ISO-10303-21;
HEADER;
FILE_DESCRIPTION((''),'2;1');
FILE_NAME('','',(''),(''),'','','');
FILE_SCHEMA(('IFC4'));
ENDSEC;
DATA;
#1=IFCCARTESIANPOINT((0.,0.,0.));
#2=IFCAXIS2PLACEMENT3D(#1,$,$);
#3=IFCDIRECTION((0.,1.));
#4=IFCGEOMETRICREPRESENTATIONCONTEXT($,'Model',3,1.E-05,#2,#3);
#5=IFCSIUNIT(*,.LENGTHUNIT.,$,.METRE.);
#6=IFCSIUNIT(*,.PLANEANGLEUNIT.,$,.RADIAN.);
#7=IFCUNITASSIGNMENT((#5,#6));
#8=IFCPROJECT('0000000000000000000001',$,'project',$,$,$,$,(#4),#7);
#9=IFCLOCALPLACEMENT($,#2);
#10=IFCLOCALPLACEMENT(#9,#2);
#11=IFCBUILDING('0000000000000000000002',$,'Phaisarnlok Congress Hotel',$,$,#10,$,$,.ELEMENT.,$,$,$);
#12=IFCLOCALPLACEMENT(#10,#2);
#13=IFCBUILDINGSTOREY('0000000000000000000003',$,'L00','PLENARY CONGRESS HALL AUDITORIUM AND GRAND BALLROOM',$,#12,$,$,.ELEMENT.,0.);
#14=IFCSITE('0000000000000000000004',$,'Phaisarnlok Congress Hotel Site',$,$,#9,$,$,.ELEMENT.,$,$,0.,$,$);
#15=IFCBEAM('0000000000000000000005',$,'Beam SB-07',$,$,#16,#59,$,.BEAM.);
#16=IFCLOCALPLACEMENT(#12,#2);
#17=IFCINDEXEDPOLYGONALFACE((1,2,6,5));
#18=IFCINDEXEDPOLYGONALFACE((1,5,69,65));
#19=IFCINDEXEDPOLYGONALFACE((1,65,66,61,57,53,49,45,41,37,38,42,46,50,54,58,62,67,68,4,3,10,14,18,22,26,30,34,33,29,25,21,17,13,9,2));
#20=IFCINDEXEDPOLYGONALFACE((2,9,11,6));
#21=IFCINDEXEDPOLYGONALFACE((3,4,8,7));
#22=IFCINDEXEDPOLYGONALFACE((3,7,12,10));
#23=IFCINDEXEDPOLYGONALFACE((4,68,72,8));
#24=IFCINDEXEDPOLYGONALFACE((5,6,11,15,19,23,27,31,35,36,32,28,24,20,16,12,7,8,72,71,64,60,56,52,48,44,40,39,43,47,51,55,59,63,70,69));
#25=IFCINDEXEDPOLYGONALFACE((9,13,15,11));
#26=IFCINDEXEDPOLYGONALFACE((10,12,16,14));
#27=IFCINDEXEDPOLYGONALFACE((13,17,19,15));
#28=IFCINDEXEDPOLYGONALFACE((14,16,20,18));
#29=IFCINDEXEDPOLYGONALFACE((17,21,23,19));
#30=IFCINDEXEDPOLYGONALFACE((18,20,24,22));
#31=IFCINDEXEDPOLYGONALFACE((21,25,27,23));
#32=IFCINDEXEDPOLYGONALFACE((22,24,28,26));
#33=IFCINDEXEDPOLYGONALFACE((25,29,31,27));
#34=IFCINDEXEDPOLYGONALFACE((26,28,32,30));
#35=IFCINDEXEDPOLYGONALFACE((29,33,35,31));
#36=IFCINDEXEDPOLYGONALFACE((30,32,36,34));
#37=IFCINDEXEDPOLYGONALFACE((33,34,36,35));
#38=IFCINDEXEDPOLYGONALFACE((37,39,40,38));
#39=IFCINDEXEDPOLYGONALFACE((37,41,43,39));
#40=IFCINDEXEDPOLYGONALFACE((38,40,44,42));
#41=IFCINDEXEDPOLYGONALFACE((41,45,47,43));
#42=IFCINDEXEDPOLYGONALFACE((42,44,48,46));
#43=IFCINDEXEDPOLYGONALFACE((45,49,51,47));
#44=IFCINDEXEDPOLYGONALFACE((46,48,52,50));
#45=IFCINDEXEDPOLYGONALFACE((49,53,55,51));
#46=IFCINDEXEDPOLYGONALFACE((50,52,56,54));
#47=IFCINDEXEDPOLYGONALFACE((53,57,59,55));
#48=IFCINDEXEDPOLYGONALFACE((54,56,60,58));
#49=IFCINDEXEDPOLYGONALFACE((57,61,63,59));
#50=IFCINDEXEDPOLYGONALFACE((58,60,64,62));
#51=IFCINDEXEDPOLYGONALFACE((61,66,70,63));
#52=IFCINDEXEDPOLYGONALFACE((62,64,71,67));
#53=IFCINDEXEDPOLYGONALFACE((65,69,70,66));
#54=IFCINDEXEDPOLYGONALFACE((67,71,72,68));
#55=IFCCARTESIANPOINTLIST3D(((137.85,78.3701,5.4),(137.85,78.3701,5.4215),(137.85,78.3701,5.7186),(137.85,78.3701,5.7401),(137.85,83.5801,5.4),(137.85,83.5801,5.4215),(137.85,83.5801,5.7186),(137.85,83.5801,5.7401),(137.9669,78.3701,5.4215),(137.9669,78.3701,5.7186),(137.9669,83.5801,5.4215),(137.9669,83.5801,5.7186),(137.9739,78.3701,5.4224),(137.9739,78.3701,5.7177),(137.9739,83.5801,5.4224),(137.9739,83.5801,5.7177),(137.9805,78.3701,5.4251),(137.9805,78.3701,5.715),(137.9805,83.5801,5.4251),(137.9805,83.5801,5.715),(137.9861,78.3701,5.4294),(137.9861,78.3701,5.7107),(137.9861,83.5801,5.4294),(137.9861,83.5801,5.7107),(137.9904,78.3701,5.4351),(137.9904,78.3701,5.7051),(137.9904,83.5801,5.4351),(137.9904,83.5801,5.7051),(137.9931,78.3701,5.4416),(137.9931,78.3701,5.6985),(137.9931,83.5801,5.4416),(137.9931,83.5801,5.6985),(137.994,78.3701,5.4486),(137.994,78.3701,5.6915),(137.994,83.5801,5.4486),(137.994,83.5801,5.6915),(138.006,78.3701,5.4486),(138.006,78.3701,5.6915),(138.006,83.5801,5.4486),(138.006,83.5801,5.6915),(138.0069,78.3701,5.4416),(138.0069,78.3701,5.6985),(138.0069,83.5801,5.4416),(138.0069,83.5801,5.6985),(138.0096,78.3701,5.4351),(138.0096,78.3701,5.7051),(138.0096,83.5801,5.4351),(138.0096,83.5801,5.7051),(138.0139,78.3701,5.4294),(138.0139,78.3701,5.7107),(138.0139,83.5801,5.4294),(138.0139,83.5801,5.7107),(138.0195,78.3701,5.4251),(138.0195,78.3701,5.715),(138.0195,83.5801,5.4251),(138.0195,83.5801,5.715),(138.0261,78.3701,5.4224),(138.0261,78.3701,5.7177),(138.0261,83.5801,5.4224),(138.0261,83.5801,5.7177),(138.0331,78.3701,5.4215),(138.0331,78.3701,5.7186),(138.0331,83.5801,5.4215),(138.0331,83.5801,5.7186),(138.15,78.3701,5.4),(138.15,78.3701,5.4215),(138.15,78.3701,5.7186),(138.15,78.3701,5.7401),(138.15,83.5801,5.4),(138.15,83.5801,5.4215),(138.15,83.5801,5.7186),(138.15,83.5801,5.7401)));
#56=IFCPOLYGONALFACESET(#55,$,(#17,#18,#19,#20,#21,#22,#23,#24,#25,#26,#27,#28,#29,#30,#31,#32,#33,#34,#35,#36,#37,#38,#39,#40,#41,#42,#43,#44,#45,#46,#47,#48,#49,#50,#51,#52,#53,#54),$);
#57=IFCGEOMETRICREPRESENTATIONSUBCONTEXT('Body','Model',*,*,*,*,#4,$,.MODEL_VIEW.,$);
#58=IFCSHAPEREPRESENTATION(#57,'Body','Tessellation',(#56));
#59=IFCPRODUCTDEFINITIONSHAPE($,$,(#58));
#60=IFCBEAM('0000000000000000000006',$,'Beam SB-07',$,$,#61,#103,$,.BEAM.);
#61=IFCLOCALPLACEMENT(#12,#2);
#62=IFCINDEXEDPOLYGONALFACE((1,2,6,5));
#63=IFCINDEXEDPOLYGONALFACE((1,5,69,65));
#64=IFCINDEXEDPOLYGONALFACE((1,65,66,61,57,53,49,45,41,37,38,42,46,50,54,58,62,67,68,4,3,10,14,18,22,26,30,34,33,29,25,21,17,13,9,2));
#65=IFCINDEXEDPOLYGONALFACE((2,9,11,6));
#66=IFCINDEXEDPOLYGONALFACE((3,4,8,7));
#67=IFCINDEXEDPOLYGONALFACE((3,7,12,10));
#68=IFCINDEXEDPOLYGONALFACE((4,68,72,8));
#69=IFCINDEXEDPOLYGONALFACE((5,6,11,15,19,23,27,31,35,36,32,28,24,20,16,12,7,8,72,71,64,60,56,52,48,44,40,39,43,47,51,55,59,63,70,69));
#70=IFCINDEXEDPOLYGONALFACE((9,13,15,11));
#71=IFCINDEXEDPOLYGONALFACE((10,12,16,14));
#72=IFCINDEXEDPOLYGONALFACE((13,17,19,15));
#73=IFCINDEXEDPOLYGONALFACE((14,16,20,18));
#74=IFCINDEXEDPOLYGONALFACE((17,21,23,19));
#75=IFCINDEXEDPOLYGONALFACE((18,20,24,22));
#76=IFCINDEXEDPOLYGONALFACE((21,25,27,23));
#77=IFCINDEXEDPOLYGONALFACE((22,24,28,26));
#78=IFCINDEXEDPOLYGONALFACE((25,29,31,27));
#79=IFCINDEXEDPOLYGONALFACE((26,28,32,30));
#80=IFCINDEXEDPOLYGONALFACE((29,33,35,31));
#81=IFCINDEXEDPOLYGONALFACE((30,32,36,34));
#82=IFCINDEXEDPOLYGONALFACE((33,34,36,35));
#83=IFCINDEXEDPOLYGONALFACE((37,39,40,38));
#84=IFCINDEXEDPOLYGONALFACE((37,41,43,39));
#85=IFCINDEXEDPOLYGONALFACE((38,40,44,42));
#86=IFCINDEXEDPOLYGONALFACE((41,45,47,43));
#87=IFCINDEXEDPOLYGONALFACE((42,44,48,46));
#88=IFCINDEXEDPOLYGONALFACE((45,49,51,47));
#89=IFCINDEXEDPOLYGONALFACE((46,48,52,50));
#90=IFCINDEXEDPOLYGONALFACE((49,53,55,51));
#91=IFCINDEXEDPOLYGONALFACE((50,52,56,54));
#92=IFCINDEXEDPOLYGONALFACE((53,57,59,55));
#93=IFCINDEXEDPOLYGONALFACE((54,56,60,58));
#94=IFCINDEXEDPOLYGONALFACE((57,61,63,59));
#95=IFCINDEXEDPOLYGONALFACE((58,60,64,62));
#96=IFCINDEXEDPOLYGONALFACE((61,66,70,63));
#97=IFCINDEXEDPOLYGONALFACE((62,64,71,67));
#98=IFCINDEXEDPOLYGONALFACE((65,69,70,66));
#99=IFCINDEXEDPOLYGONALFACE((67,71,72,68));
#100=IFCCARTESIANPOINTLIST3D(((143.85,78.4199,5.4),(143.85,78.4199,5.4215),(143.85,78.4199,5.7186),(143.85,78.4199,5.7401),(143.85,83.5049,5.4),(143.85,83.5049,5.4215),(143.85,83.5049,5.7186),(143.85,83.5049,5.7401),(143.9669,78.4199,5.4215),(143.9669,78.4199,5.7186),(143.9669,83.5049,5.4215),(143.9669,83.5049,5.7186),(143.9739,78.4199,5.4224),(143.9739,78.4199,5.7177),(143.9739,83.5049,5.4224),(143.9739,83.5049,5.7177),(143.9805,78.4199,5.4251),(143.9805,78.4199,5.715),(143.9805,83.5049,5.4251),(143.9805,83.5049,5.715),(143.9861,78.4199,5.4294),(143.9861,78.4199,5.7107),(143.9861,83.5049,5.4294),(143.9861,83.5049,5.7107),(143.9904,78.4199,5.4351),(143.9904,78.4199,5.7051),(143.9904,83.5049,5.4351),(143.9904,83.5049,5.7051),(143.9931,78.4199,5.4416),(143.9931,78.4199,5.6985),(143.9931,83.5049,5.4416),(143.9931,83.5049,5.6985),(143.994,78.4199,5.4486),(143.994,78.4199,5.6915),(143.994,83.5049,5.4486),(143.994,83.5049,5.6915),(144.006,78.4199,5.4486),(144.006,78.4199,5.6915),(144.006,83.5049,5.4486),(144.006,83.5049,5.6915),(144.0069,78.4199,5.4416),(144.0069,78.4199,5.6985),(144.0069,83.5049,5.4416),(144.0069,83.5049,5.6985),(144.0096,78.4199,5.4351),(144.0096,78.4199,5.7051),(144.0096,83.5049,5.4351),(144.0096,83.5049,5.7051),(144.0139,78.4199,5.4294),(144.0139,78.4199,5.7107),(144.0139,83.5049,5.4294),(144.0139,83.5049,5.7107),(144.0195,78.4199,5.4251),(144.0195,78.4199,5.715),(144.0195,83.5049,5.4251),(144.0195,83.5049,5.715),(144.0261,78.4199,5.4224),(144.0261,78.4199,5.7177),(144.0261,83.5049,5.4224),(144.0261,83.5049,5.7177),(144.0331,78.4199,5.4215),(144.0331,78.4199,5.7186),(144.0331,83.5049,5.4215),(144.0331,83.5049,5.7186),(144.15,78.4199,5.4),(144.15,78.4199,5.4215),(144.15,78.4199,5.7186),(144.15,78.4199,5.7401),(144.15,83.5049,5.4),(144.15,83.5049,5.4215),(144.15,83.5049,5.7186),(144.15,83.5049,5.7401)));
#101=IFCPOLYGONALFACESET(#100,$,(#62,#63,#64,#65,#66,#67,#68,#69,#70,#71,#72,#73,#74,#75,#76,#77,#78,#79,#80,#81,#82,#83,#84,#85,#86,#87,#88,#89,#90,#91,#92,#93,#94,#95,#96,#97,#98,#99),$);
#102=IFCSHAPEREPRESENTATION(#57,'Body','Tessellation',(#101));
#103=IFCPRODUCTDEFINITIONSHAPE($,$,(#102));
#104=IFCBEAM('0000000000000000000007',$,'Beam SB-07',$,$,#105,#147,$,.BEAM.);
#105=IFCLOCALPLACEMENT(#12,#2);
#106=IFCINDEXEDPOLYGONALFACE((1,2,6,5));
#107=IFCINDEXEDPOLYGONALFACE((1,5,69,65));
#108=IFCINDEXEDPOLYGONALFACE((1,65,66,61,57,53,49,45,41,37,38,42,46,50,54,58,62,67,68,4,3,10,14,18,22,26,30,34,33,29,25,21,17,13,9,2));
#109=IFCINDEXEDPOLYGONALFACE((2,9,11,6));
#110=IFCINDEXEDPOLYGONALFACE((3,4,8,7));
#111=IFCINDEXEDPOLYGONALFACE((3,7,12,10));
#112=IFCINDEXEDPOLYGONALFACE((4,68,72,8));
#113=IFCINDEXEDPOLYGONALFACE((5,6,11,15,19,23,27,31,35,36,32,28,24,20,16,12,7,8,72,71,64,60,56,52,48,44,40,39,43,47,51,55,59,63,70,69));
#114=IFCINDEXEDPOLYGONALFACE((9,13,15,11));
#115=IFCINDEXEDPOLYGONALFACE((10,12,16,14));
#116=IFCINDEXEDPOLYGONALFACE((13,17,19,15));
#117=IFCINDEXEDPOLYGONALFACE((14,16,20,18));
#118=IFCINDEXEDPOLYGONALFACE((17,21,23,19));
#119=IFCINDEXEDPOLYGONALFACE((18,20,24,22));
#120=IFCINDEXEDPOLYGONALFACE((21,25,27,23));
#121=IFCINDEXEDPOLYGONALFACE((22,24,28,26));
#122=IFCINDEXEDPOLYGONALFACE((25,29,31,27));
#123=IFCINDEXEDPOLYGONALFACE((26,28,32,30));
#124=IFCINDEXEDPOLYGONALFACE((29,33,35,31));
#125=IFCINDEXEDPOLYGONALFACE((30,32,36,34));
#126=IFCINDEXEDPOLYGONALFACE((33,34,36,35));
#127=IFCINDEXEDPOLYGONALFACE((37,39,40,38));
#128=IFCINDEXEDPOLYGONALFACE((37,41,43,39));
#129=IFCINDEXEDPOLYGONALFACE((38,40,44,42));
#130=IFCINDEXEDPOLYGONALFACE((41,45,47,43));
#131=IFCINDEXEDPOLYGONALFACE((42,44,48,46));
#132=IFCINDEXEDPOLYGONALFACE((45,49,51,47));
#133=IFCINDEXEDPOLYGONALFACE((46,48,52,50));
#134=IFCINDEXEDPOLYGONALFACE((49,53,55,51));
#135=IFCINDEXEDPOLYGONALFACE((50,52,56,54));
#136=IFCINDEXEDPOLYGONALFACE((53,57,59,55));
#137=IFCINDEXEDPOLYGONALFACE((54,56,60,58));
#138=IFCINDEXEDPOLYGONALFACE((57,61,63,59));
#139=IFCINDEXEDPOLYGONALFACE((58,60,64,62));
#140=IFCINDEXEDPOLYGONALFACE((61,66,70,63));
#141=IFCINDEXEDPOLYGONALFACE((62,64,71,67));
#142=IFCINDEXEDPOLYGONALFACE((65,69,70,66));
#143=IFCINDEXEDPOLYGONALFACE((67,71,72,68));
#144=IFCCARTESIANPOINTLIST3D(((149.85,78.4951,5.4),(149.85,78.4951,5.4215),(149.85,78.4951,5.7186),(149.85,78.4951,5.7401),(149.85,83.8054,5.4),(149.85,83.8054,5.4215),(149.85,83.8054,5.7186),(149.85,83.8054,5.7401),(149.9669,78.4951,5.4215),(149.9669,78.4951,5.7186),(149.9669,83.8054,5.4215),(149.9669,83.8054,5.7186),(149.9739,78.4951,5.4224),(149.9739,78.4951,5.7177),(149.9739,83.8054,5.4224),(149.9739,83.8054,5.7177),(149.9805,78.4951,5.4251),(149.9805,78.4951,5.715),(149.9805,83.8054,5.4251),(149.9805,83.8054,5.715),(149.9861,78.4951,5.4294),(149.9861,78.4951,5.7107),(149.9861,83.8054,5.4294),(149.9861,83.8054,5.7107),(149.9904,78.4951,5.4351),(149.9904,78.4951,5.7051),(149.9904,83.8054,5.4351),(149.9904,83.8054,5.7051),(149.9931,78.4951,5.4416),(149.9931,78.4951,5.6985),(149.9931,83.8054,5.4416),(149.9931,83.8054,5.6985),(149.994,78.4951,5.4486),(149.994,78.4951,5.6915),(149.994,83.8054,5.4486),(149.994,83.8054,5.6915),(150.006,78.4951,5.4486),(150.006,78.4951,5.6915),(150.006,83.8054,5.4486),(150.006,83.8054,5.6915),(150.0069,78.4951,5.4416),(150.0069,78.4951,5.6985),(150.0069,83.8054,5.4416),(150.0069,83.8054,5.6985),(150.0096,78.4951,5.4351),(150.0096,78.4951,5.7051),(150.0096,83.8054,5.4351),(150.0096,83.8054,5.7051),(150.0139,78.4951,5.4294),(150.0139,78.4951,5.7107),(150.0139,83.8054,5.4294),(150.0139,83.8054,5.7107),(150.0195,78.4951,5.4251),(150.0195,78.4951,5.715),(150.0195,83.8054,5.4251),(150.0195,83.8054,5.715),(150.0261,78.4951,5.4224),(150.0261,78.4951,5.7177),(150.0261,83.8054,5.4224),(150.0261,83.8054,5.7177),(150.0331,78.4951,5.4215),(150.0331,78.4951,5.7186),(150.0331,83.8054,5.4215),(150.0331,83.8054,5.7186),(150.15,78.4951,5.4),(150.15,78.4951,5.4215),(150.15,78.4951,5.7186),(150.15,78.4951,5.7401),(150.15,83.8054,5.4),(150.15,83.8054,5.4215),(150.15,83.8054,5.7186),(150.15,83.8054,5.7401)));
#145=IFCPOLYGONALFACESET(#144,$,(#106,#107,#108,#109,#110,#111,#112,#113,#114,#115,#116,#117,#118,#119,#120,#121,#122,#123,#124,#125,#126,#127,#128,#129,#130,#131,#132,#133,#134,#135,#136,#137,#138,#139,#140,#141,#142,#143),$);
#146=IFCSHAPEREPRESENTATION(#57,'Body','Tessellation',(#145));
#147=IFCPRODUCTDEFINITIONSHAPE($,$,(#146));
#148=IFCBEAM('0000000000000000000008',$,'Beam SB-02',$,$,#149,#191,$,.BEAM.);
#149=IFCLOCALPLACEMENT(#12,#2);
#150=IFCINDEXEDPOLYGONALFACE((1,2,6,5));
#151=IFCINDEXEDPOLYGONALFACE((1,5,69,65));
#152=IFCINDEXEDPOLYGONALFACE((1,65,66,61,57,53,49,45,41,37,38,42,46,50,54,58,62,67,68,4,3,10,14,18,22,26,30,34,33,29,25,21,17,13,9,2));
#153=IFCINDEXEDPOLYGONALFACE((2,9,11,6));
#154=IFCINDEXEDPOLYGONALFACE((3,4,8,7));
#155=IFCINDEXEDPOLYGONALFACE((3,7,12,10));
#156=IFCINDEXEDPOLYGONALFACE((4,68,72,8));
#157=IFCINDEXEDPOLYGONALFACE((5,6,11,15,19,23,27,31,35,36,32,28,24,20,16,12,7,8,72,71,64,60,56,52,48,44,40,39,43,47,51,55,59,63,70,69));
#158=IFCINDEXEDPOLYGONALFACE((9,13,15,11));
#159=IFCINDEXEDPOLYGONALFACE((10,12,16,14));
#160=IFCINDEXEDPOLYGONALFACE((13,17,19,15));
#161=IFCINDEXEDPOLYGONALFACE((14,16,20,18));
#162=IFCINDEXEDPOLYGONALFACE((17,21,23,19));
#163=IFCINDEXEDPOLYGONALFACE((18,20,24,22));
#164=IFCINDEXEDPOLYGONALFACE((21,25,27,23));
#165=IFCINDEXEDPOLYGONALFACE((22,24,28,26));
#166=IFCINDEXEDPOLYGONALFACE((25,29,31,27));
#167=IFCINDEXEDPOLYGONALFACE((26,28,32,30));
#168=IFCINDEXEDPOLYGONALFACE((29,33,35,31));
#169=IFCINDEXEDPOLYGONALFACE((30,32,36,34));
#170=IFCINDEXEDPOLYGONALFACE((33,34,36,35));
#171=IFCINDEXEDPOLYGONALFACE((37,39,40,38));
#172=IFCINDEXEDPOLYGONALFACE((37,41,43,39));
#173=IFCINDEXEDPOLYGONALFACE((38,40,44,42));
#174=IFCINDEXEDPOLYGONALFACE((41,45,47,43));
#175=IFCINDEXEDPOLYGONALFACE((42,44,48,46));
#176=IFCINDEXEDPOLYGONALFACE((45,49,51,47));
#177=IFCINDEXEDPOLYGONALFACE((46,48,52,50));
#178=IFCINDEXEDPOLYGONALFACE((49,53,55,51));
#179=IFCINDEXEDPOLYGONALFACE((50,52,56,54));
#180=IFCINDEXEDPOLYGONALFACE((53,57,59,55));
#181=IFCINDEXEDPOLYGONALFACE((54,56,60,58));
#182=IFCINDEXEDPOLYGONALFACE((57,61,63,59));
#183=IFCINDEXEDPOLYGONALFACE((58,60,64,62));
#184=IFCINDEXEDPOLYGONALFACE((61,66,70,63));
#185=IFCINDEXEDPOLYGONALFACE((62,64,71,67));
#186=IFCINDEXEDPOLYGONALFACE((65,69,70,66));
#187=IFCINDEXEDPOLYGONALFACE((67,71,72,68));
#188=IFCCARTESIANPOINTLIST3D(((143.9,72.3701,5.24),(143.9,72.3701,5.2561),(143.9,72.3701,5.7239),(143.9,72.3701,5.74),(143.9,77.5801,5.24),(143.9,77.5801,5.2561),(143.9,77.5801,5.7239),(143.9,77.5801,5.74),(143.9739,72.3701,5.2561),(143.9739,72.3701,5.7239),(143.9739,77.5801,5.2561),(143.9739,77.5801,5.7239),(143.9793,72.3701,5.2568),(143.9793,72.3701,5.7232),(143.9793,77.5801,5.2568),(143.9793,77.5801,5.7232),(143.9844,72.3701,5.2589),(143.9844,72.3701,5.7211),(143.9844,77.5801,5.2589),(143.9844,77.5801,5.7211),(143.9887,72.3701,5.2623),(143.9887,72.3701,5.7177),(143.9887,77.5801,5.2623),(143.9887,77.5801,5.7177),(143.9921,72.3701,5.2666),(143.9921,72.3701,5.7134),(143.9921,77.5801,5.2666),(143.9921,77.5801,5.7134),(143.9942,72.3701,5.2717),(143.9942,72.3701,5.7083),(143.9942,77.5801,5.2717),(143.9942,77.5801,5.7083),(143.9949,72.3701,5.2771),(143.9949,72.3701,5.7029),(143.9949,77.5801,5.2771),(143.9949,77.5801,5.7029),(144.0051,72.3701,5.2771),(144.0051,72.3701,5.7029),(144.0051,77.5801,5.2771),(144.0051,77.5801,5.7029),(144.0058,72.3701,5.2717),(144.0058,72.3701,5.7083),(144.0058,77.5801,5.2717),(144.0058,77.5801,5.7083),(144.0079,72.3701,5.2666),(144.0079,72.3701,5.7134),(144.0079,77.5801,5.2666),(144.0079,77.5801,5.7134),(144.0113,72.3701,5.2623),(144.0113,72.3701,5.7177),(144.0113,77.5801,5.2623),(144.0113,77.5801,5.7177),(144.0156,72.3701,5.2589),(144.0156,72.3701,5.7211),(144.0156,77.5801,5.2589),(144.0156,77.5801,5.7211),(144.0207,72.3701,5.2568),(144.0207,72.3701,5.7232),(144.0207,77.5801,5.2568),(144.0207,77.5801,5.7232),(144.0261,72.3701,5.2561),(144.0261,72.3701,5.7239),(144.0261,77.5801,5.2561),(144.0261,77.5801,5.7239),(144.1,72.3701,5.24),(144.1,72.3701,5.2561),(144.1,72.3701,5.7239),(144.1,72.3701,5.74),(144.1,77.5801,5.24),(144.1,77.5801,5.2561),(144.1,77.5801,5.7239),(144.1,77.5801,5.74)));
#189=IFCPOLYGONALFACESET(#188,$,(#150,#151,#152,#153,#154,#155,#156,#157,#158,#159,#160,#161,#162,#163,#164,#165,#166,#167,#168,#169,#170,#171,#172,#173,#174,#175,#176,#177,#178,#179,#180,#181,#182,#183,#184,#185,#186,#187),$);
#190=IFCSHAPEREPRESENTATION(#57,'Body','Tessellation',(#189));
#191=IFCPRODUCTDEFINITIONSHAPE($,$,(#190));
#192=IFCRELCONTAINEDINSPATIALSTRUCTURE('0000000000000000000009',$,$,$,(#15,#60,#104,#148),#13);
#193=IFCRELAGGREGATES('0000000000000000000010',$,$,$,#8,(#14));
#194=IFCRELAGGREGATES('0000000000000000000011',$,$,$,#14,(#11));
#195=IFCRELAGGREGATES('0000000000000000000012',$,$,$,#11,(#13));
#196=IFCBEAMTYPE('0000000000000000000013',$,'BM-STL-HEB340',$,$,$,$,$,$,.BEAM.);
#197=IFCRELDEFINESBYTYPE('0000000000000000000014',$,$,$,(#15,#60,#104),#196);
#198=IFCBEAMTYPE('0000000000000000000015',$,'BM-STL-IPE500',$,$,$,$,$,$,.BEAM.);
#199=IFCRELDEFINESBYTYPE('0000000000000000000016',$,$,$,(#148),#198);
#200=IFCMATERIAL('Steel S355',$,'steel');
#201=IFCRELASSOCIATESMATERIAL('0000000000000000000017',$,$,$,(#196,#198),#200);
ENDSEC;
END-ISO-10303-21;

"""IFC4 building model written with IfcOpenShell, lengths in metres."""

from ifc_helpers import new_model, si_unit, direction, frame, origin, origin_2d, place, context, subcontext, project, spatial, i_section, extrude, material, material_profile, profile_set, type_object, element, save


model = new_model("IFC4")

# Units and contexts
model_context = context("Model", 3, precision=1e-05, world=origin(), true_north=direction((0.0, 1.0)))
body_context = subcontext(model_context, "Body", "Model", "MODEL_VIEW")
ifc_project = project(units=[si_unit("LENGTHUNIT", "METRE"), si_unit("PLANEANGLEUNIT", "RADIAN")], contexts=[model_context])

# Site, building, storey
site_placement = place(None, origin())
site = spatial("IfcSite", under=ifc_project, at=site_placement, Name="Phaisarnlok Congress Hotel Site", CompositionType="ELEMENT", RefElevation=0.0)
building_placement = place(site_placement, origin())
building = spatial("IfcBuilding", under=site, at=building_placement, Name="Phaisarnlok Congress Hotel", CompositionType="ELEMENT")
storey_placement = place(building_placement, origin())
storey = spatial("IfcBuildingStorey", under=building, at=storey_placement, Name="L00", Description="PLENARY CONGRESS HALL AUDITORIUM AND GRAND BALLROOM", CompositionType="ELEMENT", Elevation=0.0)

# Shared definitions
ifc_material_1 = material(Name="Steel S355", Category="steel")

# Beams
ifc_material_profile_1 = material_profile(ifc_material_1, i_section(OverallWidth=0.3, OverallDepth=0.3401, WebThickness=0.012, FlangeThickness=0.0215, FilletRadius=0.0271, at=origin_2d()), Name="HEB 340")
ifc_profile_set_1 = profile_set([ifc_material_profile_1], Name="Steel S355")
beam_type_1 = type_object("IfcBeamType", Name="BM-STL-HEB340", PredefinedType="BEAM", material=ifc_profile_set_1)
beam_1_placement = place(storey_placement, frame((138.0, 78.3701, 5.5701), z_axis=(0.0, 1.0, 0.0), x_axis=(-1.0, 0.0, 0.0)))
element("IfcBeam", 1, at=beam_1_placement, inside=storey, type_object=beam_type_1, Name="Beam SB-07", PredefinedType="BEAM", context=body_context, shape_type="SweptSolid", body=[
    extrude(i_section(OverallWidth=0.3, OverallDepth=0.3401, WebThickness=0.012, FlangeThickness=0.0215, FilletRadius=0.0271, at=origin_2d()), origin(), (0.0, 0.0, 1.0), 5.21),
])
beam_2_placement = place(storey_placement, frame((144.0, 78.4199, 5.5701), z_axis=(0.0, 1.0, 0.0), x_axis=(-1.0, 0.0, 0.0)))
element("IfcBeam", 2, at=beam_2_placement, inside=storey, type_object=beam_type_1, Name="Beam SB-07", PredefinedType="BEAM", context=body_context, shape_type="SweptSolid", body=[
    extrude(i_section(OverallWidth=0.3, OverallDepth=0.3401, WebThickness=0.012, FlangeThickness=0.0215, FilletRadius=0.0271, at=origin_2d()), origin(), (0.0, 0.0, 1.0), 5.085),
])
beam_3_placement = place(storey_placement, frame((150.0, 78.4951, 5.5701), z_axis=(0.0, 1.0, 0.0), x_axis=(-1.0, 0.0, 0.0)))
element("IfcBeam", 3, at=beam_3_placement, inside=storey, type_object=beam_type_1, Name="Beam SB-07", PredefinedType="BEAM", context=body_context, shape_type="SweptSolid", body=[
    extrude(i_section(OverallWidth=0.3, OverallDepth=0.3401, WebThickness=0.012, FlangeThickness=0.0215, FilletRadius=0.0271, at=origin_2d()), origin(), (0.0, 0.0, 1.0), 5.3103),
])
ifc_material_profile_2 = material_profile(ifc_material_1, i_section(OverallWidth=0.2, OverallDepth=0.5, WebThickness=0.0103, FlangeThickness=0.0161, FilletRadius=0.021, at=origin_2d()), Name="IPE 500")
ifc_profile_set_2 = profile_set([ifc_material_profile_2], Name="Steel S355")
beam_type_2 = type_object("IfcBeamType", Name="BM-STL-IPE500", PredefinedType="BEAM", material=ifc_profile_set_2)
beam_4_placement = place(storey_placement, frame((144.0, 72.3701, 5.49), z_axis=(0.0, 1.0, 0.0), x_axis=(-1.0, 0.0, 0.0)))
element("IfcBeam", 4, at=beam_4_placement, inside=storey, type_object=beam_type_2, Name="Beam SB-02", PredefinedType="BEAM", context=body_context, shape_type="SweptSolid", body=[
    extrude(i_section(OverallWidth=0.2, OverallDepth=0.5, WebThickness=0.0103, FlangeThickness=0.0161, FilletRadius=0.021, at=origin_2d()), origin(), (0.0, 0.0, 1.0), 5.21),
])

save(model, "model.ifc")
